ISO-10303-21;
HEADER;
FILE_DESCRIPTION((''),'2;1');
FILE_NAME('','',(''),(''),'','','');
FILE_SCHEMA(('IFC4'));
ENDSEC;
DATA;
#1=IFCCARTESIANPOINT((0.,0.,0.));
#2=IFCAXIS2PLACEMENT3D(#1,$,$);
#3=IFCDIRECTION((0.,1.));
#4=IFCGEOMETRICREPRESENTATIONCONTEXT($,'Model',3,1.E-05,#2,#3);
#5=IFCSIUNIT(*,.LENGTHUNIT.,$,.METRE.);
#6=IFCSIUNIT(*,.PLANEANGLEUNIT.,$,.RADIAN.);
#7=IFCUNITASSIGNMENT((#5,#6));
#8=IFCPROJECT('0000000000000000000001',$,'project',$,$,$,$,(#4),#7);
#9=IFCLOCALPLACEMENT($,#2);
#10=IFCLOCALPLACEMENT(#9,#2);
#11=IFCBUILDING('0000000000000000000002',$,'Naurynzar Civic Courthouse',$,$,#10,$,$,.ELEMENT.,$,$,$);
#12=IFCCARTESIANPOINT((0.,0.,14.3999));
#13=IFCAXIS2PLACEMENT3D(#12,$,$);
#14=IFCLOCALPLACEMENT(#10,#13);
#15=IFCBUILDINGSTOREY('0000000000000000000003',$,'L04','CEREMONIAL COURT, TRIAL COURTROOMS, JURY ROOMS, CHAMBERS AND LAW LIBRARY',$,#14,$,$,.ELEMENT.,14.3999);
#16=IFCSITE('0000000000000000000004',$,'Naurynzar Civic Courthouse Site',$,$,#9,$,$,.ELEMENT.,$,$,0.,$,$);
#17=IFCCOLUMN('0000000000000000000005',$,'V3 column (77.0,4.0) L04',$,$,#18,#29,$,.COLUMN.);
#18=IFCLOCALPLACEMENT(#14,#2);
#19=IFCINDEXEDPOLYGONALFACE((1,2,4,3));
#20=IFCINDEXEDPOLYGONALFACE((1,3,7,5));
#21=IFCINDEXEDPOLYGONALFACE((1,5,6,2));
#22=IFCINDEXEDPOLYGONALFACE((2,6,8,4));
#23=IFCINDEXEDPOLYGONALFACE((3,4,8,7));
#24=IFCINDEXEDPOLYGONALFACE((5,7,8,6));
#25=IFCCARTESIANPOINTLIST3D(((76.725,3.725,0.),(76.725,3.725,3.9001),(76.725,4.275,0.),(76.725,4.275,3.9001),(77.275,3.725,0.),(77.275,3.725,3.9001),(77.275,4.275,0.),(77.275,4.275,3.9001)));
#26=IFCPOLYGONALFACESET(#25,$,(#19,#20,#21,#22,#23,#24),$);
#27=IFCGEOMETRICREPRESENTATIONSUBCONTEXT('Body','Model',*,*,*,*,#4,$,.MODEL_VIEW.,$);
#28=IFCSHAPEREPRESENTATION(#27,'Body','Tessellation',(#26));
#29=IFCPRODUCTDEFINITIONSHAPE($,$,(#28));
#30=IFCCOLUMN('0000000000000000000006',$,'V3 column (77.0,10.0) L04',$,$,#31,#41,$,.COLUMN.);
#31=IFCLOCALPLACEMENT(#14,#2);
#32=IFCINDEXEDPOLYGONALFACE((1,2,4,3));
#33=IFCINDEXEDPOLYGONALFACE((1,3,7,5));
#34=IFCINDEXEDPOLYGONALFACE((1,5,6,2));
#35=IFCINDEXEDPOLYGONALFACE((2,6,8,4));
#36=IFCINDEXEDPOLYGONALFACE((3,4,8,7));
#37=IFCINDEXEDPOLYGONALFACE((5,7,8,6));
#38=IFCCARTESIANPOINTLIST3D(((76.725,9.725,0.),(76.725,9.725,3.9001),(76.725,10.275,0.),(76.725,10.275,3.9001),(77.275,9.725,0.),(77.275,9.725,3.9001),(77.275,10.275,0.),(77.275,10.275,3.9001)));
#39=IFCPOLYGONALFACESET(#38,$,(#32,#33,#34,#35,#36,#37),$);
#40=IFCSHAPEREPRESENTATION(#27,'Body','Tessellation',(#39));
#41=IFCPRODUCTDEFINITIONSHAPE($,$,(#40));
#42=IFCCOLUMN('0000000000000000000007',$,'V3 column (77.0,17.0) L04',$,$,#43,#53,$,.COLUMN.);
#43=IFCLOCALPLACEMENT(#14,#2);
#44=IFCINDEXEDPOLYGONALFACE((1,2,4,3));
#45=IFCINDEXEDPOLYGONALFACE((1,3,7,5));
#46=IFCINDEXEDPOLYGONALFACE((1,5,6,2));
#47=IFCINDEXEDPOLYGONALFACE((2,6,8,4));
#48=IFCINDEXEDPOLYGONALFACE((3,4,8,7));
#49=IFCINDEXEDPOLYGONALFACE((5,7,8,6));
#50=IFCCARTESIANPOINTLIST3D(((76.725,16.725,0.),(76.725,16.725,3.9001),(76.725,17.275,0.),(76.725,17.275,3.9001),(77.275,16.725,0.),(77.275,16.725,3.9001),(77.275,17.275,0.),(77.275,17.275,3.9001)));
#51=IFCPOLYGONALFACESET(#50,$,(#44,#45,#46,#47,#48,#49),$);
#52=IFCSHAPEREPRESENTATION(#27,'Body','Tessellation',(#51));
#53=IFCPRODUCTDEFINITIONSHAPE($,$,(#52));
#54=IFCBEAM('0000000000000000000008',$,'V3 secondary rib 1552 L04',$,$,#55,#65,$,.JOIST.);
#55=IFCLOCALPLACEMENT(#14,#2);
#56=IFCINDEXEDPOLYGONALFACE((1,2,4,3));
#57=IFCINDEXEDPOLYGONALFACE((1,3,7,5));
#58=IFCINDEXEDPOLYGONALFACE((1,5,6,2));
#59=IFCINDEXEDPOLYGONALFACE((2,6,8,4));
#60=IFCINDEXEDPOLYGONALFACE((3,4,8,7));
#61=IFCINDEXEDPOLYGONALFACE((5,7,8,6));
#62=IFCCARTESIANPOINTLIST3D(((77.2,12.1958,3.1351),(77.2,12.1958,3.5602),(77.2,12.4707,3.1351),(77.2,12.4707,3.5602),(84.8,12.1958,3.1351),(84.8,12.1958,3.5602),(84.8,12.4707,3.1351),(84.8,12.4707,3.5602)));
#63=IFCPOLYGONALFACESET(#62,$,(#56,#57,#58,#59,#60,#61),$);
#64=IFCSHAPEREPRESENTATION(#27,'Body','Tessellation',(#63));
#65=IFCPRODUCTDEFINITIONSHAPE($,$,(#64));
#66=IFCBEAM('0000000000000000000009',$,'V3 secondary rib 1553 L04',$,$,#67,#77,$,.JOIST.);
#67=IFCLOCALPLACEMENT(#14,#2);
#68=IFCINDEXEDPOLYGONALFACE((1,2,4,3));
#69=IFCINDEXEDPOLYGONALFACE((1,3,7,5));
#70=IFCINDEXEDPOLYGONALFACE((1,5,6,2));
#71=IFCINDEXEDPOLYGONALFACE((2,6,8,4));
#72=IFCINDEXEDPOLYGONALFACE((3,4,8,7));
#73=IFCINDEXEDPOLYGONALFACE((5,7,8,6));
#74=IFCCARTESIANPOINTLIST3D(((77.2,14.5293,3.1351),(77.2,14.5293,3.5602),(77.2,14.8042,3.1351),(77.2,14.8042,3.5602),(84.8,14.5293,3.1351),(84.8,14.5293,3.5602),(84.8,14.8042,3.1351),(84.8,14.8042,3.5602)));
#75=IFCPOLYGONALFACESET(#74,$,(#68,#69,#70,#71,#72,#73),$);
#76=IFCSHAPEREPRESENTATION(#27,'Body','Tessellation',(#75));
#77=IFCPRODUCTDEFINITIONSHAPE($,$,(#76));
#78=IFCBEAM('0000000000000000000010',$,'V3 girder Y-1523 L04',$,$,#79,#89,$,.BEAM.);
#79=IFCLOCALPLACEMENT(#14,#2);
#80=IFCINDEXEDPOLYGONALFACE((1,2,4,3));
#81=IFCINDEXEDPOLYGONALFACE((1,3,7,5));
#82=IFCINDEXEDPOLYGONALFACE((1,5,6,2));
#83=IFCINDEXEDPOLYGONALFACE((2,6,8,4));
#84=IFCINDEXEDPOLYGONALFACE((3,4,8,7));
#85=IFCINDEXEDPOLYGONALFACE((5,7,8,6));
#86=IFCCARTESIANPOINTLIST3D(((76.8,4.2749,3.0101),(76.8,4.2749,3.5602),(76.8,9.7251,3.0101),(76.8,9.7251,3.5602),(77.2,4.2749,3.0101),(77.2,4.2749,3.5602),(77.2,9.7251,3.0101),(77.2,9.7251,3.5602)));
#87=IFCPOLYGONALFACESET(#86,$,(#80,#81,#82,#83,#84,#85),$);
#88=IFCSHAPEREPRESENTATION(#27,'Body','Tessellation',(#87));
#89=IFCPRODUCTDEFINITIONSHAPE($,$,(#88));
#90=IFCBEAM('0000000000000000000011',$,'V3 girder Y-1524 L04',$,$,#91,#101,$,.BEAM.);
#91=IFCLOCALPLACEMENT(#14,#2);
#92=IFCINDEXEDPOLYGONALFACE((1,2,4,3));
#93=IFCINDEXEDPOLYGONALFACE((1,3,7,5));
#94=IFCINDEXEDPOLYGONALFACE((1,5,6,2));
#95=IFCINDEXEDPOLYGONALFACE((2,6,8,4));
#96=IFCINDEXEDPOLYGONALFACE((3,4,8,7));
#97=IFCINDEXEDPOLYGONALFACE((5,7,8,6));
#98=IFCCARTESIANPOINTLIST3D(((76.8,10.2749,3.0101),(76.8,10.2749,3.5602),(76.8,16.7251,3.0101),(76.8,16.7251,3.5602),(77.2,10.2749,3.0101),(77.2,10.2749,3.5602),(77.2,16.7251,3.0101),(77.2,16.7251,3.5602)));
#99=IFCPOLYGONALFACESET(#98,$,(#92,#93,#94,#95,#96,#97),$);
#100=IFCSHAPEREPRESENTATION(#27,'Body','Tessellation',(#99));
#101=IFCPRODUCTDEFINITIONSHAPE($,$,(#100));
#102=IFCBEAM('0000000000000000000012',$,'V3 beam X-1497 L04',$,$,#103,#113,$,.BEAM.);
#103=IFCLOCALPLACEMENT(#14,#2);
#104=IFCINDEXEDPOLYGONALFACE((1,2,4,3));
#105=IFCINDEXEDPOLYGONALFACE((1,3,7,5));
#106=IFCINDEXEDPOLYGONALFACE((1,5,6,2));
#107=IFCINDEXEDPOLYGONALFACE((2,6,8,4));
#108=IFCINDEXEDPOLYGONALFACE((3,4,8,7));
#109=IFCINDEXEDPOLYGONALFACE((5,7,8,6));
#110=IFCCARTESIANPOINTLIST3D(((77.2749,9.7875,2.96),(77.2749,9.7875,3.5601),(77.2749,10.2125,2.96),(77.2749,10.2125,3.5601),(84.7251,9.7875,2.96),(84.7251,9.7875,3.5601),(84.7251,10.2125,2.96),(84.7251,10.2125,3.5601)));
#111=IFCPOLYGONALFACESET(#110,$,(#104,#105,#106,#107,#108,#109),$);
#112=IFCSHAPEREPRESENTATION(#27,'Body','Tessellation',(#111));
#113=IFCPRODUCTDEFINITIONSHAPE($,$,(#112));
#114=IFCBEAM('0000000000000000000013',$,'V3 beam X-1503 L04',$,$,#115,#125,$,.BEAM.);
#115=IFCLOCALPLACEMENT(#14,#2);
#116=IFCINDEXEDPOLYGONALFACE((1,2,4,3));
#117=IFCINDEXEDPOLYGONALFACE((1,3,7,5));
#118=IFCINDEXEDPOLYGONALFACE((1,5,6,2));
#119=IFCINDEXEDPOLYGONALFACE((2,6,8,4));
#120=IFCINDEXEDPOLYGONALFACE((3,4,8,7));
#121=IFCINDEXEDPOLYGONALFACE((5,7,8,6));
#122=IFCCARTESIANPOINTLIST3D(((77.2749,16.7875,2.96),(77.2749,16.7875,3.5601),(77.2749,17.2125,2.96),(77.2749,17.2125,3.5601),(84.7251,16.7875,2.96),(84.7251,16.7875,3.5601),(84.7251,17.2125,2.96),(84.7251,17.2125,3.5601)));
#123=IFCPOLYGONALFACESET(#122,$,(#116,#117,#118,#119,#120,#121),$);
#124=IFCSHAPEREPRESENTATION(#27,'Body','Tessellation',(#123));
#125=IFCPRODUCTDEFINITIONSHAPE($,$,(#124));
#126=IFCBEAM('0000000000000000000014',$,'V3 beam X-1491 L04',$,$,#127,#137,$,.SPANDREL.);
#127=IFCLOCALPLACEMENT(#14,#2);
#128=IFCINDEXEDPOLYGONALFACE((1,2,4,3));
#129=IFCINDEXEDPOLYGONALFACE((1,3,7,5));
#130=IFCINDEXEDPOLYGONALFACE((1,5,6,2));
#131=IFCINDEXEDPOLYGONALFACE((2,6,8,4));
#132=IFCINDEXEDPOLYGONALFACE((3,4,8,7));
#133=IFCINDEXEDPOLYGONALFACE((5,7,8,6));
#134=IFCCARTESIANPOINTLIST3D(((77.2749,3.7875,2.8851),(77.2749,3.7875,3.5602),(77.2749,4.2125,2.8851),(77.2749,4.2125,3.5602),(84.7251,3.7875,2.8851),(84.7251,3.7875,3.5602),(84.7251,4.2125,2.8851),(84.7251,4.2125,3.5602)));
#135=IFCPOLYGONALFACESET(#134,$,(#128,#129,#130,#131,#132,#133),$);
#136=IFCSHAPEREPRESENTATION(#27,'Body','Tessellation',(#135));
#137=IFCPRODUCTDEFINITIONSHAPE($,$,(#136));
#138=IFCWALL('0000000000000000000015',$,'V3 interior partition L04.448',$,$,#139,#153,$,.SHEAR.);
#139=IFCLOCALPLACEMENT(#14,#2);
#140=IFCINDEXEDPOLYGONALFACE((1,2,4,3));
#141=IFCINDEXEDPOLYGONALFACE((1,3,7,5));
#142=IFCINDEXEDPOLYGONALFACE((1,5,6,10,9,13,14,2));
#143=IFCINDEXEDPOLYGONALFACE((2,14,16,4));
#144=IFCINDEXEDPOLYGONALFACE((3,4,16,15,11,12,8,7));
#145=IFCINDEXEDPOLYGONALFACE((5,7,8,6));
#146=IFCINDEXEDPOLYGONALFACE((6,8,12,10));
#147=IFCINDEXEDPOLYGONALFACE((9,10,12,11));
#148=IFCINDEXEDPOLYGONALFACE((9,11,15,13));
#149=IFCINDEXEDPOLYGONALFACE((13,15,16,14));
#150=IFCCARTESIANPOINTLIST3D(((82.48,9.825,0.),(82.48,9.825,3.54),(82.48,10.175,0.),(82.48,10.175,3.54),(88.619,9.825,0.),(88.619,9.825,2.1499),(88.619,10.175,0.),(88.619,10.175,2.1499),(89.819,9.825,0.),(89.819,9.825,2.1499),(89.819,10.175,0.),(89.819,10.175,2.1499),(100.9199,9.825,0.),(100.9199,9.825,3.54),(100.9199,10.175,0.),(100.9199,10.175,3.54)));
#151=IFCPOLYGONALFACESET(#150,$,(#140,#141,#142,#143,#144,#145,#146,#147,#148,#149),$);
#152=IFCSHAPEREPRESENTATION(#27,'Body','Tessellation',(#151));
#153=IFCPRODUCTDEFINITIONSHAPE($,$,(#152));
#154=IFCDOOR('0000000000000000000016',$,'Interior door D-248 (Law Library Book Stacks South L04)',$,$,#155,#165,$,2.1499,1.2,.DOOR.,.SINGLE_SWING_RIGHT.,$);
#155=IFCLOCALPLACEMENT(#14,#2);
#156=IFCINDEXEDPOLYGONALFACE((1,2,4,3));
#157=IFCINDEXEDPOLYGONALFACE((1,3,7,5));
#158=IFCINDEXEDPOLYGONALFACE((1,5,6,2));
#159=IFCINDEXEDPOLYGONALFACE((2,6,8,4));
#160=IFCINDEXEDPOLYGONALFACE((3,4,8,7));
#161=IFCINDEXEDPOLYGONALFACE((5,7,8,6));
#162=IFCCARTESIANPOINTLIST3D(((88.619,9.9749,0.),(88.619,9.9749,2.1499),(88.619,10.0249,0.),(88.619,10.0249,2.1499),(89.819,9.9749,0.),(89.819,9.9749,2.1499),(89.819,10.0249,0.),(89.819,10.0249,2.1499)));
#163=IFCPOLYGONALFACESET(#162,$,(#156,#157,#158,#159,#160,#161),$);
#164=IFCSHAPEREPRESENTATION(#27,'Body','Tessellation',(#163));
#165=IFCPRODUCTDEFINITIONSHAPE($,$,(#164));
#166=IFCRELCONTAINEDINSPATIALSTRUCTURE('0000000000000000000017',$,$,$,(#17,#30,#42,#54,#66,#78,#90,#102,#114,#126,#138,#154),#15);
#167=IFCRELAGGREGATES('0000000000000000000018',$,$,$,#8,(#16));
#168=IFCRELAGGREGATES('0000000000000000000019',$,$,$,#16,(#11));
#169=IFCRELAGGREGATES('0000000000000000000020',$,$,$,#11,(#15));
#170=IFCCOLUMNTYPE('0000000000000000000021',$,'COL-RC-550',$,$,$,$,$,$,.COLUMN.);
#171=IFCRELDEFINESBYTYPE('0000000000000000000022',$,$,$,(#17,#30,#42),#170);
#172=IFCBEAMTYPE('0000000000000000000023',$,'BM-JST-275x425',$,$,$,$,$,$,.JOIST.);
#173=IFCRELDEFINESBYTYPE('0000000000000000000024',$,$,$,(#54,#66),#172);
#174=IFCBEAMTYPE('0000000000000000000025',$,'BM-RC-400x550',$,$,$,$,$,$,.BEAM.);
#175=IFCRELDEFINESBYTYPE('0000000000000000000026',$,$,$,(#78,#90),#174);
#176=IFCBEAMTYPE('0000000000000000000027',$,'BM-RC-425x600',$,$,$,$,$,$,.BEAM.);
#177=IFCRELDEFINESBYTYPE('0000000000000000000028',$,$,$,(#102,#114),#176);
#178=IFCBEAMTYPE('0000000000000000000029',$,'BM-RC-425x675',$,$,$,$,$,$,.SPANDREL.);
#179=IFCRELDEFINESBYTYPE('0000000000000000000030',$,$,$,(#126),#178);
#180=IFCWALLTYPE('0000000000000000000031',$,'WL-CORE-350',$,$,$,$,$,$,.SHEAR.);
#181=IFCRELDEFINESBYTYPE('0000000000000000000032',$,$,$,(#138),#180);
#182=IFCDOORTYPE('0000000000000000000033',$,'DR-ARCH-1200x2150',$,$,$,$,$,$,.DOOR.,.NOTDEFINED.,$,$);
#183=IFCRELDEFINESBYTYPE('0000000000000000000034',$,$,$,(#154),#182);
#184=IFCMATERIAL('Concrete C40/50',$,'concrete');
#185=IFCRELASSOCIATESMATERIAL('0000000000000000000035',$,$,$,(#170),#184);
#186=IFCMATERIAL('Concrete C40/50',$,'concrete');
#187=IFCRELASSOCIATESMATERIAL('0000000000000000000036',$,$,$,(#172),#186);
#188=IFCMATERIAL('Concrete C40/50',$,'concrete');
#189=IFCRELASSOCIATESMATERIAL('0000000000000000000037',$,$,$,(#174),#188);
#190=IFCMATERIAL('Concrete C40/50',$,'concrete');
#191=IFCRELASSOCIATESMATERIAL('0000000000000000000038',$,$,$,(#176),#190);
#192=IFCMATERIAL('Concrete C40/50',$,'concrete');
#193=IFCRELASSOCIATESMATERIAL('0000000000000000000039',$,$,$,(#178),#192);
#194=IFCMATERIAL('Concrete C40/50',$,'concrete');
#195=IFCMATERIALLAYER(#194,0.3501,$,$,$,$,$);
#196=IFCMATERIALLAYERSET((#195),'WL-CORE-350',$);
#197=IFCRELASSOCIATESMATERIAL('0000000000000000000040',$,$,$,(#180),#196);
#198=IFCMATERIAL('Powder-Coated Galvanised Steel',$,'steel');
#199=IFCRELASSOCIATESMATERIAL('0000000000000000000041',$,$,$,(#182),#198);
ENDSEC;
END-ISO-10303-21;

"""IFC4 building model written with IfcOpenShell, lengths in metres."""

from ifc_helpers import new_model, si_unit, direction, frame, frame_2d, origin, origin_2d, place, context, subcontext, project, spatial, rectangle, extrude, material, layer, layer_set, material_profile, profile_set, type_object, element, fill, save


model = new_model("IFC4")

# Units and contexts
model_context = context("Model", 3, precision=1e-05, world=origin(), true_north=direction((0.0, 1.0)))
body_context = subcontext(model_context, "Body", "Model", "MODEL_VIEW")
ifc_project = project(units=[si_unit("LENGTHUNIT", "METRE"), si_unit("PLANEANGLEUNIT", "RADIAN")], contexts=[model_context])

# Site, building, storey
site_placement = place(None, origin())
site = spatial("IfcSite", under=ifc_project, at=site_placement, Name="Naurynzar Civic Courthouse Site", CompositionType="ELEMENT", RefElevation=0.0)
building_placement = place(site_placement, origin())
building = spatial("IfcBuilding", under=site, at=building_placement, Name="Naurynzar Civic Courthouse", CompositionType="ELEMENT")
storey_placement = place(building_placement, frame((0.0, 0.0, 14.3999)))
storey = spatial("IfcBuildingStorey", under=building, at=storey_placement, Name="L04", Description="CEREMONIAL COURT, TRIAL COURTROOMS, JURY ROOMS, CHAMBERS AND LAW LIBRARY", CompositionType="ELEMENT", Elevation=14.3999)

# Columns
ifc_material_1 = material(Name="Concrete C40/50", Category="concrete")
ifc_material_profile_1 = material_profile(ifc_material_1, rectangle(XDim=0.55, YDim=0.55, at=origin_2d()), Name="RC 550x550")
ifc_profile_set_1 = profile_set([ifc_material_profile_1], Name="Concrete C40/50")
column_type = type_object("IfcColumnType", Name="COL-RC-550", PredefinedType="COLUMN", material=ifc_profile_set_1)
for number, where, z_axis, x_axis, name in (
    (1, (77.0, 4.0, 0.0), (0.0, 0.0, 1.0), (1.0, 0.0, 0.0), "V3 column (77.0,4.0) L04"),
    (2, (77.0, 10.0, 0.0), (0.0, 0.0, 1.0), (1.0, 0.0, 0.0), "V3 column (77.0,10.0) L04"),
    (3, (77.0, 17.0, 0.0), (0.0, 0.0, 1.0), (1.0, 0.0, 0.0), "V3 column (77.0,17.0) L04"),
):
    element("IfcColumn", number, at=place(storey_placement, frame(where, z_axis=z_axis, x_axis=x_axis)), inside=storey, type_object=column_type, Name=name, PredefinedType="COLUMN", context=body_context, shape_type="SweptSolid", body=[
        extrude(rectangle(XDim=0.55, YDim=0.55, at=origin_2d()), origin(), (0.0, 0.0, 1.0), 3.9001),
    ])

# Beams
ifc_material_2 = material(Name="Concrete C40/50", Category="concrete")
ifc_material_profile_2 = material_profile(ifc_material_2, rectangle(XDim=0.2749, YDim=0.425, at=origin_2d()), Name="RCB 275x425")
ifc_profile_set_2 = profile_set([ifc_material_profile_2], Name="Concrete C40/50")
beam_type_1 = type_object("IfcBeamType", Name="BM-JST-275x425", PredefinedType="JOIST", material=ifc_profile_set_2)
for number, where, z_axis, x_axis, name in (
    (4, (77.2, 12.3333, 3.3477), (1.0, 0.0, 0.0), (0.0, 1.0, 0.0), "V3 secondary rib 1552 L04"),
    (5, (77.2, 14.6667, 3.3477), (1.0, 0.0, 0.0), (0.0, 1.0, 0.0), "V3 secondary rib 1553 L04"),
):
    element("IfcBeam", number, at=place(storey_placement, frame(where, z_axis=z_axis, x_axis=x_axis)), inside=storey, type_object=beam_type_1, Name=name, PredefinedType="JOIST", context=body_context, shape_type="SweptSolid", body=[
        extrude(rectangle(XDim=0.2749, YDim=0.425, at=origin_2d()), origin(), (0.0, 0.0, 1.0), 7.6001),
    ])
ifc_material_3 = material(Name="Concrete C40/50", Category="concrete")
ifc_material_profile_3 = material_profile(ifc_material_3, rectangle(XDim=0.3999, YDim=0.55, at=origin_2d()), Name="RCB 400x550")
ifc_profile_set_3 = profile_set([ifc_material_profile_3], Name="Concrete C40/50")
beam_type_2 = type_object("IfcBeamType", Name="BM-RC-400x550", PredefinedType="BEAM", material=ifc_profile_set_3)
beam_1_placement = place(storey_placement, frame((77.0, 4.2749, 3.2852), z_axis=(0.0, 1.0, 0.0), x_axis=(-1.0, 0.0, 0.0)))
element("IfcBeam", 6, at=beam_1_placement, inside=storey, type_object=beam_type_2, Name="V3 girder Y-1523 L04", PredefinedType="BEAM", context=body_context, shape_type="SweptSolid", body=[
    extrude(rectangle(XDim=0.3999, YDim=0.55, at=origin_2d()), origin(), (0.0, 0.0, 1.0), 5.4502),
])
beam_2_placement = place(storey_placement, frame((77.0, 10.2749, 3.2852), z_axis=(0.0, 1.0, 0.0), x_axis=(-1.0, 0.0, 0.0)))
element("IfcBeam", 7, at=beam_2_placement, inside=storey, type_object=beam_type_2, Name="V3 girder Y-1524 L04", PredefinedType="BEAM", context=body_context, shape_type="SweptSolid", body=[
    extrude(rectangle(XDim=0.3999, YDim=0.55, at=origin_2d()), origin(), (0.0, 0.0, 1.0), 6.4502),
])
ifc_material_4 = material(Name="Concrete C40/50", Category="concrete")
ifc_material_profile_4 = material_profile(ifc_material_4, rectangle(XDim=0.425, YDim=0.6001, at=origin_2d()), Name="RCB 425x600")
ifc_profile_set_4 = profile_set([ifc_material_profile_4], Name="Concrete C40/50")
beam_type_3 = type_object("IfcBeamType", Name="BM-RC-425x600", PredefinedType="BEAM", material=ifc_profile_set_4)
for number, where, z_axis, x_axis, name in (
    (8, (77.2749, 10.0, 3.26), (1.0, 0.0, 0.0), (0.0, 1.0, 0.0), "V3 beam X-1497 L04"),
    (9, (77.2749, 17.0, 3.26), (1.0, 0.0, 0.0), (0.0, 1.0, 0.0), "V3 beam X-1503 L04"),
):
    element("IfcBeam", number, at=place(storey_placement, frame(where, z_axis=z_axis, x_axis=x_axis)), inside=storey, type_object=beam_type_3, Name=name, PredefinedType="BEAM", context=body_context, shape_type="SweptSolid", body=[
        extrude(rectangle(XDim=0.425, YDim=0.6001, at=origin_2d()), origin(), (0.0, 0.0, 1.0), 7.4502),
    ])
ifc_material_5 = material(Name="Concrete C40/50", Category="concrete")
ifc_material_profile_5 = material_profile(ifc_material_5, rectangle(XDim=0.425, YDim=0.675, at=origin_2d()), Name="RCB 425x675")
ifc_profile_set_5 = profile_set([ifc_material_profile_5], Name="Concrete C40/50")
beam_type_4 = type_object("IfcBeamType", Name="BM-RC-425x675", PredefinedType="SPANDREL", material=ifc_profile_set_5)
beam_3_placement = place(storey_placement, frame((77.2749, 4.0, 3.2227), z_axis=(1.0, 0.0, 0.0), x_axis=(0.0, 1.0, 0.0)))
element("IfcBeam", 10, at=beam_3_placement, inside=storey, type_object=beam_type_4, Name="V3 beam X-1491 L04", PredefinedType="SPANDREL", context=body_context, shape_type="SweptSolid", body=[
    extrude(rectangle(XDim=0.425, YDim=0.675, at=origin_2d()), origin(), (0.0, 0.0, 1.0), 7.4502),
])

# Wall, opening, door
ifc_material_6 = material(Name="Concrete C40/50", Category="concrete")
ifc_layer_1 = layer(ifc_material_6, 0.3501)
ifc_layer_set_1 = layer_set([ifc_layer_1], Name="WL-CORE-350")
wall_type_1 = type_object("IfcWallType", Name="WL-CORE-350", PredefinedType="SHEAR", material=ifc_layer_set_1)
wall_1_placement = place(storey_placement, frame((82.48, 10.0, 0.0), z_axis=(0.0, 0.0, 1.0), x_axis=(1.0, 0.0, 0.0)))
wall_1 = element("IfcWall", 11, at=wall_1_placement, inside=storey, type_object=wall_type_1, Name="V3 interior partition L04.448", PredefinedType="SHEAR", context=body_context, shape_type="SweptSolid", body=[
    extrude(rectangle(XDim=18.4399, YDim=0.3501, at=frame_2d((9.22, 0.0))), origin(), (0.0, 0.0, 1.0), 3.54),
])
opening_1_placement = place(wall_1_placement, frame((6.1389, 0.0, 0.0)))
opening_1 = element("IfcOpeningElement", 12, at=opening_1_placement, cuts=wall_1, PredefinedType="OPENING", context=body_context, shape_type="SweptSolid", body=[
    extrude(rectangle(XDim=1.2, YDim=2.1499, at=frame_2d((0.6001, 1.075))), frame((0.0, 0.1851, 0.0), z_axis=(0.0, -1.0, 0.0), x_axis=(1.0, 0.0, 0.0)), (0.0, 0.0, 1.0), 0.3701),
])
ifc_material_7 = material(Name="Powder-Coated Galvanised Steel", Category="steel")
door_type_1 = type_object("IfcDoorType", Name="DR-ARCH-1200x2150", OperationType="NOTDEFINED", PredefinedType="DOOR", material=ifc_material_7)
door_1_placement = place(opening_1_placement, origin())
door_1 = element("IfcDoor", 13, at=door_1_placement, inside=storey, type_object=door_type_1, Name="Interior door D-248 (Law Library Book Stacks South L04)", OperationType="SINGLE_SWING_RIGHT", OverallHeight=2.1499, OverallWidth=1.2, PredefinedType="DOOR", context=body_context, shape_type="SweptSolid", body=[
    extrude(rectangle(XDim=1.2, YDim=2.1499, at=frame_2d((0.6001, 1.075))), frame((0.0, 0.0249, 0.0), z_axis=(0.0, -1.0, 0.0), x_axis=(1.0, 0.0, 0.0)), (0.0, 0.0, 1.0), 0.05),
])
fill(opening_1, door_1)

save(model, "model.ifc")
